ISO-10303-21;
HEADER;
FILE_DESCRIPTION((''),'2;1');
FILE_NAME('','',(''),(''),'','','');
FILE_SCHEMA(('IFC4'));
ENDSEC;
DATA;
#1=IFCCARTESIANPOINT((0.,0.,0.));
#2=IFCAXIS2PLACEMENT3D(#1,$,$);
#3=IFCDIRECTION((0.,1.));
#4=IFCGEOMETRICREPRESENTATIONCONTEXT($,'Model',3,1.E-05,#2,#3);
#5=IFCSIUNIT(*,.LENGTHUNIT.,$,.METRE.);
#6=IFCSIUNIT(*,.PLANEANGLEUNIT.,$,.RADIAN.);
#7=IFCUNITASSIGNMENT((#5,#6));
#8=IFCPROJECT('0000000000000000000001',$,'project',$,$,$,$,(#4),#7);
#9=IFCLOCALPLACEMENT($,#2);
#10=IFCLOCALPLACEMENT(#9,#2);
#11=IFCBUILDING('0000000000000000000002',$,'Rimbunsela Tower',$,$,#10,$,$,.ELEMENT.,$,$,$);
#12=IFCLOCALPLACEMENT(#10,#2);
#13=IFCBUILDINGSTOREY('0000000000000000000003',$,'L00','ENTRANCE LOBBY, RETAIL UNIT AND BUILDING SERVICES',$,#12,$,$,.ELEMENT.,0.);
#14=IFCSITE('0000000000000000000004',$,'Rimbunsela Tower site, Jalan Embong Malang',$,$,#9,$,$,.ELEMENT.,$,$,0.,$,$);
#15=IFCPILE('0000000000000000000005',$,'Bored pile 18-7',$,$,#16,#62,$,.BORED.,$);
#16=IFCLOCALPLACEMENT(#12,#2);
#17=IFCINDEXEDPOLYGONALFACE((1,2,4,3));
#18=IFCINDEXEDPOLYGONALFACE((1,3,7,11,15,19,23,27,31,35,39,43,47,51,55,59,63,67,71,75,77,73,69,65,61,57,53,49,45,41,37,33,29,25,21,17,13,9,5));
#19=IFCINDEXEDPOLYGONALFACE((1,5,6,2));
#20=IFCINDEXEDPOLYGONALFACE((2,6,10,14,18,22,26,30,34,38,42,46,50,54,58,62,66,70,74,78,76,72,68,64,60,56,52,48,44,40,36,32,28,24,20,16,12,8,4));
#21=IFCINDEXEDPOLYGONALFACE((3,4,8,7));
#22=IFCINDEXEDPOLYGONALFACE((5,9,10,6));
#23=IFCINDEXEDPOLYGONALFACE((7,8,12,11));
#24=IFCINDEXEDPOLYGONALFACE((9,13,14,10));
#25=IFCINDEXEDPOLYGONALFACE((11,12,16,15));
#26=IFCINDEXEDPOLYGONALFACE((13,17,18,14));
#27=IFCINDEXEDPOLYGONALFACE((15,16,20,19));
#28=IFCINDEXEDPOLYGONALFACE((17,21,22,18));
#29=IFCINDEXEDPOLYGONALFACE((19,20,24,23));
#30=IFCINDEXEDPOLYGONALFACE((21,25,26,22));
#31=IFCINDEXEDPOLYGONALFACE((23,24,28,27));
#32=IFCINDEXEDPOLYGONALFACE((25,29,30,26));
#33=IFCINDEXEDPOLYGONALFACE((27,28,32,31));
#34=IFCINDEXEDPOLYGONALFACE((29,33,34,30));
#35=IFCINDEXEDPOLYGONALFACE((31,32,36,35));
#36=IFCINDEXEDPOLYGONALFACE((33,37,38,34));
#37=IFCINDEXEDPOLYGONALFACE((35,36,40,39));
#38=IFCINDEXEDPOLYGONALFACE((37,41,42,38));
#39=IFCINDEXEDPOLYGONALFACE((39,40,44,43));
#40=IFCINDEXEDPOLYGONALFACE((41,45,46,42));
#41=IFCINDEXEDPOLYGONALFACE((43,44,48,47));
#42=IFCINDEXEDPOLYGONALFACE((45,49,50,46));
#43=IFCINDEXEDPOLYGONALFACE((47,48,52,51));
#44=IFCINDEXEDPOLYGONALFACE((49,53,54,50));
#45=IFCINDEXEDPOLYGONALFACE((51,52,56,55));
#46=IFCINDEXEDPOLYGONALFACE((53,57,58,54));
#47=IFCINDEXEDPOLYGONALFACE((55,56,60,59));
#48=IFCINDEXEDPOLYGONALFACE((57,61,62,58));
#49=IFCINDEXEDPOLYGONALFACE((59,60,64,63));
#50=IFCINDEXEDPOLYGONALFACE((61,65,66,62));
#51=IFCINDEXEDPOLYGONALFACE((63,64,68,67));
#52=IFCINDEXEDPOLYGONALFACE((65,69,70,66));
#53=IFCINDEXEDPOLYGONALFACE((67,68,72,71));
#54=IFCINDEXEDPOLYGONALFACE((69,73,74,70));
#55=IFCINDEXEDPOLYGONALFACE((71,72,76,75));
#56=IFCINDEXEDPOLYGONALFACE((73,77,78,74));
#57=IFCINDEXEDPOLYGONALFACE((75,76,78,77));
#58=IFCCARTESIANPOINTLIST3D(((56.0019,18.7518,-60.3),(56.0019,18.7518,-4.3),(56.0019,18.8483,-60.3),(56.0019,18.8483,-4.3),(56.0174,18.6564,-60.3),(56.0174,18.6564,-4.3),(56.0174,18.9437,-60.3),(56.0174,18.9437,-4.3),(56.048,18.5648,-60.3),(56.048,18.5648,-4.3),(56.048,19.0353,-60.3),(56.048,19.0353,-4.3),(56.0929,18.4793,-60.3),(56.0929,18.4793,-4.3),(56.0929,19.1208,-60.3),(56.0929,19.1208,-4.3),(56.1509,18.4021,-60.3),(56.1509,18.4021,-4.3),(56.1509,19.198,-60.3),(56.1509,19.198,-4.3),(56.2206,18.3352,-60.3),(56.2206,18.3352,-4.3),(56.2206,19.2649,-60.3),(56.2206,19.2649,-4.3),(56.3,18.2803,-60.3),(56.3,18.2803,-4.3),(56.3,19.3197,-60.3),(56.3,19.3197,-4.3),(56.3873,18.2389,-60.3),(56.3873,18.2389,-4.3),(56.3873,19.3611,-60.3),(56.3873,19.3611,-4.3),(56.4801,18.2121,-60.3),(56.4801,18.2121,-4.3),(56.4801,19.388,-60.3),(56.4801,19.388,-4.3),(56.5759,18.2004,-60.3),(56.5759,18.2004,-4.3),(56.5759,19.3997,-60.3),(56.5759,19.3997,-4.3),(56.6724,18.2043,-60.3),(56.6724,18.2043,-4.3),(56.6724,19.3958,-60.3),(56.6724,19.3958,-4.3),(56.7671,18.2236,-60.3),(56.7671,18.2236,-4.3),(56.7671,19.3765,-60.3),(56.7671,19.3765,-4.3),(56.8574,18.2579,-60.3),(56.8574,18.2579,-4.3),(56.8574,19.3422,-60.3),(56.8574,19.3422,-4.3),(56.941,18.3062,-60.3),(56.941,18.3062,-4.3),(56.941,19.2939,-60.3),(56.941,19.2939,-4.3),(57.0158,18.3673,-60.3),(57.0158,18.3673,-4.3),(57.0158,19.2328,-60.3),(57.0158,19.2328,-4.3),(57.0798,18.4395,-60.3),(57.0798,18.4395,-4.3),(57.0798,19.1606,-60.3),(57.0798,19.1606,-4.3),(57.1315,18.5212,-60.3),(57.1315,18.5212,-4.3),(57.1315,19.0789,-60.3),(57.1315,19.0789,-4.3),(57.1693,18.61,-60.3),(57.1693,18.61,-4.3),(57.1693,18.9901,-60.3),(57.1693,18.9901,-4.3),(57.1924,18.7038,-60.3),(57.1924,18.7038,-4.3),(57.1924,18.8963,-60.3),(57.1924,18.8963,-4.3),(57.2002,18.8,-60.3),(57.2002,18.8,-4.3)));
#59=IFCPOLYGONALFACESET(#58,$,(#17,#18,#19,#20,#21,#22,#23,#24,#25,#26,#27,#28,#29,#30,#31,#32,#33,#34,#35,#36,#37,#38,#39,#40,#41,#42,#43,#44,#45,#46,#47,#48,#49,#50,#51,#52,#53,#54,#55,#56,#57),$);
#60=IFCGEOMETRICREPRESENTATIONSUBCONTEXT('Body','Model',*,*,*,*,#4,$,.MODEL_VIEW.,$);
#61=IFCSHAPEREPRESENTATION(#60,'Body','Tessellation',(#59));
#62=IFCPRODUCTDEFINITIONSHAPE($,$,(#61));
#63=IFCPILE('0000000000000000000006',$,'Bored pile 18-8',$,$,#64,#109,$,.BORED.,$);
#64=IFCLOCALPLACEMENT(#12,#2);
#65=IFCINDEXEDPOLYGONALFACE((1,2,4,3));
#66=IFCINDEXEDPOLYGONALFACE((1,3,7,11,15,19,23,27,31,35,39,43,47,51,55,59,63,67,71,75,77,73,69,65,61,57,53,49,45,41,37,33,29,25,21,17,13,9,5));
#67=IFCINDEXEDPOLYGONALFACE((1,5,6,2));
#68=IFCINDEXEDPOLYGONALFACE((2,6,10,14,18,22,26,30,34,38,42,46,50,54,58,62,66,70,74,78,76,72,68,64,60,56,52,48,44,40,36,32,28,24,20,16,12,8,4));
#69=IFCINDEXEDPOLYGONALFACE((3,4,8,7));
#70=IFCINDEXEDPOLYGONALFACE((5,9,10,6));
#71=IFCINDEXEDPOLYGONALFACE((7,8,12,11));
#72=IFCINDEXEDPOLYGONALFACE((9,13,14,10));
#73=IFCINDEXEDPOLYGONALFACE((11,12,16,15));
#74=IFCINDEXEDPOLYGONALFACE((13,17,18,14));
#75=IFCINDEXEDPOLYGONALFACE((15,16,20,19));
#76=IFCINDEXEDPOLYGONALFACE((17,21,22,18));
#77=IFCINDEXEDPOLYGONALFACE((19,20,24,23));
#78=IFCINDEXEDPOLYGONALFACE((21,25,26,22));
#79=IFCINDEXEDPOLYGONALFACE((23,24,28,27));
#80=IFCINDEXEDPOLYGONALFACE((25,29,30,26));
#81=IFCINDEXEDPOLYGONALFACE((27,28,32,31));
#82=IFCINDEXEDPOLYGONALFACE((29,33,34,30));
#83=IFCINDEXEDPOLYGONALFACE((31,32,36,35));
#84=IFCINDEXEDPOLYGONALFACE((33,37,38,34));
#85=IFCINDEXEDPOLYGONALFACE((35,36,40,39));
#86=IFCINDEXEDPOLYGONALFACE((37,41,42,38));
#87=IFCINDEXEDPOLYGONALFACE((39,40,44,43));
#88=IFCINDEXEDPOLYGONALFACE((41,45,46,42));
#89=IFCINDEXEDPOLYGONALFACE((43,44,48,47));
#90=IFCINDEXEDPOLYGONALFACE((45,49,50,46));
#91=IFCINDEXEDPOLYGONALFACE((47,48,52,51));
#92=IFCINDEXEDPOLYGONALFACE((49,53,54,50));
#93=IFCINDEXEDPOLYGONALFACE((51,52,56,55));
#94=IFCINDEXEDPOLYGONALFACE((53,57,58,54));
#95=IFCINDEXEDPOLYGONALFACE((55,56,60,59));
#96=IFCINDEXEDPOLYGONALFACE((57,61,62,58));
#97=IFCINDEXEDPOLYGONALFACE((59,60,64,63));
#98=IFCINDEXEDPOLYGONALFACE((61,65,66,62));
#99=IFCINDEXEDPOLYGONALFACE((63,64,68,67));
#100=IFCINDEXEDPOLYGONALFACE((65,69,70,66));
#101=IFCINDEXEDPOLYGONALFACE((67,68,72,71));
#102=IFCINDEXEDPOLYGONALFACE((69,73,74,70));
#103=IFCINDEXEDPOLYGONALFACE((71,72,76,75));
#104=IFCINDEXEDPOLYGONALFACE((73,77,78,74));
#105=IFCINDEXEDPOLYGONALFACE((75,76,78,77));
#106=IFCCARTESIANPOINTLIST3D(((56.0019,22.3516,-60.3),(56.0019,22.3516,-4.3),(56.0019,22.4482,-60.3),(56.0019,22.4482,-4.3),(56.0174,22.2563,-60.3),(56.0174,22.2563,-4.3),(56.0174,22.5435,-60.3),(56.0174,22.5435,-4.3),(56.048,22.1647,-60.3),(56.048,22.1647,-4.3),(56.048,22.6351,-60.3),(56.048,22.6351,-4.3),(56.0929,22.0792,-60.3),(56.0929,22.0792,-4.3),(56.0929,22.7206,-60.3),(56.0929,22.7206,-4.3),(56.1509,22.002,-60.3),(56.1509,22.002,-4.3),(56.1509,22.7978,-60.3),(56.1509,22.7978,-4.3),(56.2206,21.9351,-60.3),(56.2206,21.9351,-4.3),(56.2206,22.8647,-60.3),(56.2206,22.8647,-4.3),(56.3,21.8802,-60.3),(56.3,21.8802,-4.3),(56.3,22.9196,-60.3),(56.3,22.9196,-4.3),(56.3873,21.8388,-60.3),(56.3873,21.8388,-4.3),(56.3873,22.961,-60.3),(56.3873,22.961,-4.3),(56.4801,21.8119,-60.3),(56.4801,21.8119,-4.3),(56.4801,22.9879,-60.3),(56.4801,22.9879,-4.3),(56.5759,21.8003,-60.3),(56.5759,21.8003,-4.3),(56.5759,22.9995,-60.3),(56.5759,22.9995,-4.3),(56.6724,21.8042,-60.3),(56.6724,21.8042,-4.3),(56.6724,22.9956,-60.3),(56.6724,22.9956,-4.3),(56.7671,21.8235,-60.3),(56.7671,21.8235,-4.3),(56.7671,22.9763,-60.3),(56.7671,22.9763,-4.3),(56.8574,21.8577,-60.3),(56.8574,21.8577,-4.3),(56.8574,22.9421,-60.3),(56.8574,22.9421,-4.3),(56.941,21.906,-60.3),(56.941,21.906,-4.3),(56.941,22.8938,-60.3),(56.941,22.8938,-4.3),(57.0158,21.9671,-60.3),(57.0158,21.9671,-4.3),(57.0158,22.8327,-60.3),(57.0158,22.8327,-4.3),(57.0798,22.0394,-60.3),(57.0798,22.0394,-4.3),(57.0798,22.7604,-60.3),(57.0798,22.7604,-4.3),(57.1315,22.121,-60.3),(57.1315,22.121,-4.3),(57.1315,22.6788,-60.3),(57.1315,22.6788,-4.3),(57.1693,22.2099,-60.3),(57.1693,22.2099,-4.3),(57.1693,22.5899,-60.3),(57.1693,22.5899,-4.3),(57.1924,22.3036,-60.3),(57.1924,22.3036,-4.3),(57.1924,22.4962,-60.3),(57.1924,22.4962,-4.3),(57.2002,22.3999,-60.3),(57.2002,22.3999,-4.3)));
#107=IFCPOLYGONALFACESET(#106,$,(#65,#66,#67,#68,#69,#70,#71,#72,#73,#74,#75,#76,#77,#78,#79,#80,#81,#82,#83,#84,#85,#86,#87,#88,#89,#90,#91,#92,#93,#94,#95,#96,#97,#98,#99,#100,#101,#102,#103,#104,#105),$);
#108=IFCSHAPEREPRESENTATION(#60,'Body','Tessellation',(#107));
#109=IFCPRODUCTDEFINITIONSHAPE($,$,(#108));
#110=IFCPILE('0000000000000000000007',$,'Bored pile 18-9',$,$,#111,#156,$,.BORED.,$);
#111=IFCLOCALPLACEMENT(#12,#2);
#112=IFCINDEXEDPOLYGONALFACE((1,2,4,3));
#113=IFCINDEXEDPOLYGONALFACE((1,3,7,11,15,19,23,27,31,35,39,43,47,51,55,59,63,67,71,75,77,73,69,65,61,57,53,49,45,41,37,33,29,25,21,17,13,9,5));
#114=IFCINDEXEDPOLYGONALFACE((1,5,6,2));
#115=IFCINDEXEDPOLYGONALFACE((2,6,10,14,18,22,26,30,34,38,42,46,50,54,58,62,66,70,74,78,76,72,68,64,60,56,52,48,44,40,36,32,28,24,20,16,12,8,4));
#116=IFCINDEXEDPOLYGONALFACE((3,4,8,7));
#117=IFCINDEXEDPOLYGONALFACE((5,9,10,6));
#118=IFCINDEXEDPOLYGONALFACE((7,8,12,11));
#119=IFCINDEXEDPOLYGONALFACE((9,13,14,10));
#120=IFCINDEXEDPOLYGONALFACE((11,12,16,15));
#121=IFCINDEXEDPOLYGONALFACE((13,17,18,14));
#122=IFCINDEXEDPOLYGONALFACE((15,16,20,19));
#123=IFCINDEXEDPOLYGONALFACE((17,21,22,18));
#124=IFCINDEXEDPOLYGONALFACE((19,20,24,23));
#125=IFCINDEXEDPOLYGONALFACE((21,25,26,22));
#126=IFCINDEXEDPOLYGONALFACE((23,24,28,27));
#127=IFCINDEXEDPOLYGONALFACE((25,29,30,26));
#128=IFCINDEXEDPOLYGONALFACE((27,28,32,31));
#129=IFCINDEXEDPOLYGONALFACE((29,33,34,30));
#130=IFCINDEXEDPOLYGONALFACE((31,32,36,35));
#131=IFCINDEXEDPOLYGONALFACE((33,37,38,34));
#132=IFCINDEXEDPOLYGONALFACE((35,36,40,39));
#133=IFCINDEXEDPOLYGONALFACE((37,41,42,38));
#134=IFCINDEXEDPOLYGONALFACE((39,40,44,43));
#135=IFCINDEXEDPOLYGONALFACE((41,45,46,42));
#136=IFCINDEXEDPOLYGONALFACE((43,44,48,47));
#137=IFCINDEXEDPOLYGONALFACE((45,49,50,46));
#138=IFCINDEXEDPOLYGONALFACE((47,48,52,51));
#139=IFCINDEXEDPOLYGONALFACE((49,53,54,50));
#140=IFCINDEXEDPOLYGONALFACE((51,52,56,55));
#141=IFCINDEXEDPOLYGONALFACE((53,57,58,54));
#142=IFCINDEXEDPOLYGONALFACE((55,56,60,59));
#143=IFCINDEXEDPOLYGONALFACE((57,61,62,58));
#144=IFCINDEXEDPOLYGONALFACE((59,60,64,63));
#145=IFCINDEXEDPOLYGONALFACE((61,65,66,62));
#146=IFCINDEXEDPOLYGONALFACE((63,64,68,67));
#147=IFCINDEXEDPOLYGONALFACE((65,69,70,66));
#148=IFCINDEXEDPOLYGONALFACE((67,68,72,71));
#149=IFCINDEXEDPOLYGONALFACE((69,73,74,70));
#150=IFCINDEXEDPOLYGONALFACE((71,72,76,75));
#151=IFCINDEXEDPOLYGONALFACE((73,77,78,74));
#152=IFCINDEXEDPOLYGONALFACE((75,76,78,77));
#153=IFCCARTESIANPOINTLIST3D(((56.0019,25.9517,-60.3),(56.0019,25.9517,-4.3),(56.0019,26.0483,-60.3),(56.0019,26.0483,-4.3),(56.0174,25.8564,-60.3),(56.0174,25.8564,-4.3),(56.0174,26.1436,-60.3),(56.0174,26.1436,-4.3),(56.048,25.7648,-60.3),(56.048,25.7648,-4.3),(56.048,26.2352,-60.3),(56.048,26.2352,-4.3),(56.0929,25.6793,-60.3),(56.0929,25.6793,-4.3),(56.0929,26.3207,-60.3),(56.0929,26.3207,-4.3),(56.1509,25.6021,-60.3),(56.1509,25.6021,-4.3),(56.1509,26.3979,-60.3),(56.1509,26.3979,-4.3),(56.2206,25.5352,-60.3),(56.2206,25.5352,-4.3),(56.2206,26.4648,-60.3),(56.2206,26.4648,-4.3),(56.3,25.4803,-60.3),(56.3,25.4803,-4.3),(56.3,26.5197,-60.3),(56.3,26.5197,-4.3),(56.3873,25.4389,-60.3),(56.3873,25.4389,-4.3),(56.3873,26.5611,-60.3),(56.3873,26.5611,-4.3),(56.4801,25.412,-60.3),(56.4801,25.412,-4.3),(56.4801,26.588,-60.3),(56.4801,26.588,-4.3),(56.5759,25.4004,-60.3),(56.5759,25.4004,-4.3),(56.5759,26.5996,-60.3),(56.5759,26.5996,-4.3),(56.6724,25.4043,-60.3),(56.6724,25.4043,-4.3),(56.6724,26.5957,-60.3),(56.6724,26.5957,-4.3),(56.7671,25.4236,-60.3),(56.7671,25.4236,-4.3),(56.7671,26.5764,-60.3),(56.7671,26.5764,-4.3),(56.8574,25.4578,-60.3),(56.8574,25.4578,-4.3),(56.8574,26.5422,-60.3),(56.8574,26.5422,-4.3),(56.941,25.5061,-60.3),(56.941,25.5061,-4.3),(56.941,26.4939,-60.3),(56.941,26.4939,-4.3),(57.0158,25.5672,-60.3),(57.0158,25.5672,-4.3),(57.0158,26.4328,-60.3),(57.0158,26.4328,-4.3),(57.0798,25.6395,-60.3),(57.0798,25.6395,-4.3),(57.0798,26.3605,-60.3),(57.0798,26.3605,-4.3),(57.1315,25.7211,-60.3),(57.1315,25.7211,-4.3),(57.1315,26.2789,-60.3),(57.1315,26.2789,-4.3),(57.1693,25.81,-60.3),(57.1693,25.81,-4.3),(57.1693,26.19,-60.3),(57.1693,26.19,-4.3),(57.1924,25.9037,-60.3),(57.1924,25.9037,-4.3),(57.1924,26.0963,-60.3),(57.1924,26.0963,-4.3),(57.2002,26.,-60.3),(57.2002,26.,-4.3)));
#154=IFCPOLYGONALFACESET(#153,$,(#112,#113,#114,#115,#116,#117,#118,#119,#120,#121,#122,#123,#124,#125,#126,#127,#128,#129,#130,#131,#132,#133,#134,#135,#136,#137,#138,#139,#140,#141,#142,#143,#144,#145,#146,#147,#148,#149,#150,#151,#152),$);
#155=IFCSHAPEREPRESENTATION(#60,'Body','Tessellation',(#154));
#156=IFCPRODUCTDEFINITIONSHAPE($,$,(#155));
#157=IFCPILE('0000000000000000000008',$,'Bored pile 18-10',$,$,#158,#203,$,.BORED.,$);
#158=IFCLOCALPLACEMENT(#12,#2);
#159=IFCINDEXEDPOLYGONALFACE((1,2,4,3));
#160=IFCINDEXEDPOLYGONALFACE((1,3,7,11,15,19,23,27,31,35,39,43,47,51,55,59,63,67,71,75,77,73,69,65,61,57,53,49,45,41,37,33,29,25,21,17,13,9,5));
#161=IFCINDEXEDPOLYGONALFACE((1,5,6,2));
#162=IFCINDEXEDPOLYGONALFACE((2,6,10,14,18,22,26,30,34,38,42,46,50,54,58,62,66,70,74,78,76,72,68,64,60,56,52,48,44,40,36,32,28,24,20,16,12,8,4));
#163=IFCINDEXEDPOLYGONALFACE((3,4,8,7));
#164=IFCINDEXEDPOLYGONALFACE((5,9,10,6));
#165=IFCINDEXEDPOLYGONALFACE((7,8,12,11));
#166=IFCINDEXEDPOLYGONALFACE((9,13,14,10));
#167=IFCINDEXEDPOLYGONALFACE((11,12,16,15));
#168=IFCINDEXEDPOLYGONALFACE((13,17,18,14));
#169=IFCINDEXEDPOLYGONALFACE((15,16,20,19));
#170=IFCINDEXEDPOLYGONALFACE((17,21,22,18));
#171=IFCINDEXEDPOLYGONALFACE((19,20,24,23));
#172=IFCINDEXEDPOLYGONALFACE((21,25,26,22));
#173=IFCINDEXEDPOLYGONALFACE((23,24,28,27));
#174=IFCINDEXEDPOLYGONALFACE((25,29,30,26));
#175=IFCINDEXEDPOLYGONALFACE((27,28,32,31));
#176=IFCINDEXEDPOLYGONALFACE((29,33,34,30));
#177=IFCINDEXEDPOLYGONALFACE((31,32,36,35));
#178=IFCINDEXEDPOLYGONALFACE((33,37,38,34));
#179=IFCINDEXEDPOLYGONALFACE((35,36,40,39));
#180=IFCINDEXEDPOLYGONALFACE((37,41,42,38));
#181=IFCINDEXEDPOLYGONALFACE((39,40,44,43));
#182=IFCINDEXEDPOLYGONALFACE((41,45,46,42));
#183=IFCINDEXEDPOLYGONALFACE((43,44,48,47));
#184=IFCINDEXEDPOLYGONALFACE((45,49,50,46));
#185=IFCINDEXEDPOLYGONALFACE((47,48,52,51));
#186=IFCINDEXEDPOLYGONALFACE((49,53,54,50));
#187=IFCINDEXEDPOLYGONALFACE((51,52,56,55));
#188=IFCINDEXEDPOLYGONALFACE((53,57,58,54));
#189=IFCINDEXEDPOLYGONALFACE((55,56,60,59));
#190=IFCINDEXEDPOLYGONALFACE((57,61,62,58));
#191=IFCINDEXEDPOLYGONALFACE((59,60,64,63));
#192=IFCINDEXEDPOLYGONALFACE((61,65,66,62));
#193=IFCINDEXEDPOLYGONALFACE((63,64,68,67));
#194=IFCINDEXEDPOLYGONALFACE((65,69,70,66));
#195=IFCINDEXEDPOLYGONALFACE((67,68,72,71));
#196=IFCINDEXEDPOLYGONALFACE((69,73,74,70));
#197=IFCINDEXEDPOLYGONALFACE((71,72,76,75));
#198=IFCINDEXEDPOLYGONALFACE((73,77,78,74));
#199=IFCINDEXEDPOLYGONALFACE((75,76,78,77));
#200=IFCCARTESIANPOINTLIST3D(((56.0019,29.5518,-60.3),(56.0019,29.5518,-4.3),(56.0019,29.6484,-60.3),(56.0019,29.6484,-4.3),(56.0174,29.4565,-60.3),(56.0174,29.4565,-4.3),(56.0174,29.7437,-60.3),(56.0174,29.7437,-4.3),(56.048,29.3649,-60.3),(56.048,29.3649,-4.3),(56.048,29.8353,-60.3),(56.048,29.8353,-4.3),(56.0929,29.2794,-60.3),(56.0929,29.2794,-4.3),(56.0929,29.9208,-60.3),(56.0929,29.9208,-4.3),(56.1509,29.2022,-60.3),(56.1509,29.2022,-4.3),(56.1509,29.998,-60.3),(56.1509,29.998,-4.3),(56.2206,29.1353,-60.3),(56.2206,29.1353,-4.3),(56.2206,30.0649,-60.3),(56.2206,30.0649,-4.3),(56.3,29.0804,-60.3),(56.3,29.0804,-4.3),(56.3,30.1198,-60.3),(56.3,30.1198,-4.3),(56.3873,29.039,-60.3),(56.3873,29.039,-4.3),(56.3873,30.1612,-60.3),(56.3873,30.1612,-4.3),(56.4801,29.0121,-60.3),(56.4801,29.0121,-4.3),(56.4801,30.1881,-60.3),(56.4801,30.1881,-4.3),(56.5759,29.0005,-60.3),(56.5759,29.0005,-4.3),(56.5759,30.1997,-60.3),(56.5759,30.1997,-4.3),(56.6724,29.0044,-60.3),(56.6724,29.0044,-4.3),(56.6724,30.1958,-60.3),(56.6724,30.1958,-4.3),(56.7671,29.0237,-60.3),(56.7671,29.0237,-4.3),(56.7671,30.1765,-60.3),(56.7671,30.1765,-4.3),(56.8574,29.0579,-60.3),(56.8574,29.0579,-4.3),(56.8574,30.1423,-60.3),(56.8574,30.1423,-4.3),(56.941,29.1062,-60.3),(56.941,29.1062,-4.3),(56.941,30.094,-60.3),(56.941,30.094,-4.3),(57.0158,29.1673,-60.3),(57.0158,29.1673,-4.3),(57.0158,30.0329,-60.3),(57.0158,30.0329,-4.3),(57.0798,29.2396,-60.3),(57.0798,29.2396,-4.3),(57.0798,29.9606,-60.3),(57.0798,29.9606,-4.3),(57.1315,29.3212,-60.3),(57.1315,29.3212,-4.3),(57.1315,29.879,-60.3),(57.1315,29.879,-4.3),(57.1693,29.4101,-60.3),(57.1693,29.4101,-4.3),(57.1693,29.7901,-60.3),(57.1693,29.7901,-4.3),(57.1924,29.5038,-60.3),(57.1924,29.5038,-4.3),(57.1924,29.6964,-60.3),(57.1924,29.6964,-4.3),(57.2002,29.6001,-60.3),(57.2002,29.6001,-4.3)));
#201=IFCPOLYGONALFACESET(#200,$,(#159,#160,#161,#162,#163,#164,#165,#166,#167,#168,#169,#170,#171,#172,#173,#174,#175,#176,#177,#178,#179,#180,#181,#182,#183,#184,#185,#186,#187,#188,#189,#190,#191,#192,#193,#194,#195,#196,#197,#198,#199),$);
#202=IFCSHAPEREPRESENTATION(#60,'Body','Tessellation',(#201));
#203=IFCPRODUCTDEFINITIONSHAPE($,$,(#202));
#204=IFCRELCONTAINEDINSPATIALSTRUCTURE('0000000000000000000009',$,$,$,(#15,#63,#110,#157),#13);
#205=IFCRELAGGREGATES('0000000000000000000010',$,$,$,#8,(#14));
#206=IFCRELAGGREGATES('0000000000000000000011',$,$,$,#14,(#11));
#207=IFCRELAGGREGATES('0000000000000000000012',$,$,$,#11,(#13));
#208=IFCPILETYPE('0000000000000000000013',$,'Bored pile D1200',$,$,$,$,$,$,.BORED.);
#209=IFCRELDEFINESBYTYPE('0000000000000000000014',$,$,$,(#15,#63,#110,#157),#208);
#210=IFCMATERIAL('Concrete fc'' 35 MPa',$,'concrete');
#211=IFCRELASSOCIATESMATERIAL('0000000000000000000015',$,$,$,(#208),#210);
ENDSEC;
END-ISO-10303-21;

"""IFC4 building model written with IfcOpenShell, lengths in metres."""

from ifc_helpers import new_model, si_unit, direction, frame, origin, origin_2d, place, context, subcontext, project, spatial, circle, extrude, material, material_profile, profile_set, type_object, element, save


model = new_model("IFC4")

# Units and contexts
model_context = context("Model", 3, precision=1e-05, world=origin(), true_north=direction((0.0, 1.0)))
body_context = subcontext(model_context, "Body", "Model", "MODEL_VIEW")
ifc_project = project(units=[si_unit("LENGTHUNIT", "METRE"), si_unit("PLANEANGLEUNIT", "RADIAN")], contexts=[model_context])

# Site, building, storey
site_placement = place(None, origin())
site = spatial("IfcSite", under=ifc_project, at=site_placement, Name="Rimbunsela Tower site, Jalan Embong Malang", CompositionType="ELEMENT", RefElevation=0.0)
building_placement = place(site_placement, origin())
building = spatial("IfcBuilding", under=site, at=building_placement, Name="Rimbunsela Tower", CompositionType="ELEMENT")
storey_placement = place(building_placement, origin())
storey = spatial("IfcBuildingStorey", under=building, at=storey_placement, Name="L00", Description="ENTRANCE LOBBY, RETAIL UNIT AND BUILDING SERVICES", CompositionType="ELEMENT", Elevation=0.0)

# Piles
ifc_material_1 = material(Name="Concrete fc' 35 MPa", Category="concrete")
ifc_material_profile_1 = material_profile(ifc_material_1, circle(Radius=0.6001, at=origin_2d()), Name="BP D1200")
ifc_profile_set_1 = profile_set([ifc_material_profile_1], Name="Concrete fc' 35 MPa")
pile_type = type_object("IfcPileType", Name="Bored pile D1200", PredefinedType="BORED", material=ifc_profile_set_1)
for number, where, z_axis, x_axis, name in (
    (1, (56.6001, 18.8, -4.3), (0.0, 0.0, -1.0), (1.0, 0.0, 0.0), "Bored pile 18-7"),
    (2, (56.6001, 22.3999, -4.3), (0.0, 0.0, -1.0), (1.0, 0.0, 0.0), "Bored pile 18-8"),
    (3, (56.6001, 26.0, -4.3), (0.0, 0.0, -1.0), (1.0, 0.0, 0.0), "Bored pile 18-9"),
    (4, (56.6001, 29.6001, -4.3), (0.0, 0.0, -1.0), (1.0, 0.0, 0.0), "Bored pile 18-10"),
):
    element("IfcPile", number, at=place(storey_placement, frame(where, z_axis=z_axis, x_axis=x_axis)), inside=storey, type_object=pile_type, Name=name, PredefinedType="BORED", context=body_context, shape_type="SweptSolid", body=[
        extrude(circle(Radius=0.6001, at=origin_2d()), origin(), (0.0, 0.0, 1.0), 56.0),
    ])

save(model, "model.ifc")
